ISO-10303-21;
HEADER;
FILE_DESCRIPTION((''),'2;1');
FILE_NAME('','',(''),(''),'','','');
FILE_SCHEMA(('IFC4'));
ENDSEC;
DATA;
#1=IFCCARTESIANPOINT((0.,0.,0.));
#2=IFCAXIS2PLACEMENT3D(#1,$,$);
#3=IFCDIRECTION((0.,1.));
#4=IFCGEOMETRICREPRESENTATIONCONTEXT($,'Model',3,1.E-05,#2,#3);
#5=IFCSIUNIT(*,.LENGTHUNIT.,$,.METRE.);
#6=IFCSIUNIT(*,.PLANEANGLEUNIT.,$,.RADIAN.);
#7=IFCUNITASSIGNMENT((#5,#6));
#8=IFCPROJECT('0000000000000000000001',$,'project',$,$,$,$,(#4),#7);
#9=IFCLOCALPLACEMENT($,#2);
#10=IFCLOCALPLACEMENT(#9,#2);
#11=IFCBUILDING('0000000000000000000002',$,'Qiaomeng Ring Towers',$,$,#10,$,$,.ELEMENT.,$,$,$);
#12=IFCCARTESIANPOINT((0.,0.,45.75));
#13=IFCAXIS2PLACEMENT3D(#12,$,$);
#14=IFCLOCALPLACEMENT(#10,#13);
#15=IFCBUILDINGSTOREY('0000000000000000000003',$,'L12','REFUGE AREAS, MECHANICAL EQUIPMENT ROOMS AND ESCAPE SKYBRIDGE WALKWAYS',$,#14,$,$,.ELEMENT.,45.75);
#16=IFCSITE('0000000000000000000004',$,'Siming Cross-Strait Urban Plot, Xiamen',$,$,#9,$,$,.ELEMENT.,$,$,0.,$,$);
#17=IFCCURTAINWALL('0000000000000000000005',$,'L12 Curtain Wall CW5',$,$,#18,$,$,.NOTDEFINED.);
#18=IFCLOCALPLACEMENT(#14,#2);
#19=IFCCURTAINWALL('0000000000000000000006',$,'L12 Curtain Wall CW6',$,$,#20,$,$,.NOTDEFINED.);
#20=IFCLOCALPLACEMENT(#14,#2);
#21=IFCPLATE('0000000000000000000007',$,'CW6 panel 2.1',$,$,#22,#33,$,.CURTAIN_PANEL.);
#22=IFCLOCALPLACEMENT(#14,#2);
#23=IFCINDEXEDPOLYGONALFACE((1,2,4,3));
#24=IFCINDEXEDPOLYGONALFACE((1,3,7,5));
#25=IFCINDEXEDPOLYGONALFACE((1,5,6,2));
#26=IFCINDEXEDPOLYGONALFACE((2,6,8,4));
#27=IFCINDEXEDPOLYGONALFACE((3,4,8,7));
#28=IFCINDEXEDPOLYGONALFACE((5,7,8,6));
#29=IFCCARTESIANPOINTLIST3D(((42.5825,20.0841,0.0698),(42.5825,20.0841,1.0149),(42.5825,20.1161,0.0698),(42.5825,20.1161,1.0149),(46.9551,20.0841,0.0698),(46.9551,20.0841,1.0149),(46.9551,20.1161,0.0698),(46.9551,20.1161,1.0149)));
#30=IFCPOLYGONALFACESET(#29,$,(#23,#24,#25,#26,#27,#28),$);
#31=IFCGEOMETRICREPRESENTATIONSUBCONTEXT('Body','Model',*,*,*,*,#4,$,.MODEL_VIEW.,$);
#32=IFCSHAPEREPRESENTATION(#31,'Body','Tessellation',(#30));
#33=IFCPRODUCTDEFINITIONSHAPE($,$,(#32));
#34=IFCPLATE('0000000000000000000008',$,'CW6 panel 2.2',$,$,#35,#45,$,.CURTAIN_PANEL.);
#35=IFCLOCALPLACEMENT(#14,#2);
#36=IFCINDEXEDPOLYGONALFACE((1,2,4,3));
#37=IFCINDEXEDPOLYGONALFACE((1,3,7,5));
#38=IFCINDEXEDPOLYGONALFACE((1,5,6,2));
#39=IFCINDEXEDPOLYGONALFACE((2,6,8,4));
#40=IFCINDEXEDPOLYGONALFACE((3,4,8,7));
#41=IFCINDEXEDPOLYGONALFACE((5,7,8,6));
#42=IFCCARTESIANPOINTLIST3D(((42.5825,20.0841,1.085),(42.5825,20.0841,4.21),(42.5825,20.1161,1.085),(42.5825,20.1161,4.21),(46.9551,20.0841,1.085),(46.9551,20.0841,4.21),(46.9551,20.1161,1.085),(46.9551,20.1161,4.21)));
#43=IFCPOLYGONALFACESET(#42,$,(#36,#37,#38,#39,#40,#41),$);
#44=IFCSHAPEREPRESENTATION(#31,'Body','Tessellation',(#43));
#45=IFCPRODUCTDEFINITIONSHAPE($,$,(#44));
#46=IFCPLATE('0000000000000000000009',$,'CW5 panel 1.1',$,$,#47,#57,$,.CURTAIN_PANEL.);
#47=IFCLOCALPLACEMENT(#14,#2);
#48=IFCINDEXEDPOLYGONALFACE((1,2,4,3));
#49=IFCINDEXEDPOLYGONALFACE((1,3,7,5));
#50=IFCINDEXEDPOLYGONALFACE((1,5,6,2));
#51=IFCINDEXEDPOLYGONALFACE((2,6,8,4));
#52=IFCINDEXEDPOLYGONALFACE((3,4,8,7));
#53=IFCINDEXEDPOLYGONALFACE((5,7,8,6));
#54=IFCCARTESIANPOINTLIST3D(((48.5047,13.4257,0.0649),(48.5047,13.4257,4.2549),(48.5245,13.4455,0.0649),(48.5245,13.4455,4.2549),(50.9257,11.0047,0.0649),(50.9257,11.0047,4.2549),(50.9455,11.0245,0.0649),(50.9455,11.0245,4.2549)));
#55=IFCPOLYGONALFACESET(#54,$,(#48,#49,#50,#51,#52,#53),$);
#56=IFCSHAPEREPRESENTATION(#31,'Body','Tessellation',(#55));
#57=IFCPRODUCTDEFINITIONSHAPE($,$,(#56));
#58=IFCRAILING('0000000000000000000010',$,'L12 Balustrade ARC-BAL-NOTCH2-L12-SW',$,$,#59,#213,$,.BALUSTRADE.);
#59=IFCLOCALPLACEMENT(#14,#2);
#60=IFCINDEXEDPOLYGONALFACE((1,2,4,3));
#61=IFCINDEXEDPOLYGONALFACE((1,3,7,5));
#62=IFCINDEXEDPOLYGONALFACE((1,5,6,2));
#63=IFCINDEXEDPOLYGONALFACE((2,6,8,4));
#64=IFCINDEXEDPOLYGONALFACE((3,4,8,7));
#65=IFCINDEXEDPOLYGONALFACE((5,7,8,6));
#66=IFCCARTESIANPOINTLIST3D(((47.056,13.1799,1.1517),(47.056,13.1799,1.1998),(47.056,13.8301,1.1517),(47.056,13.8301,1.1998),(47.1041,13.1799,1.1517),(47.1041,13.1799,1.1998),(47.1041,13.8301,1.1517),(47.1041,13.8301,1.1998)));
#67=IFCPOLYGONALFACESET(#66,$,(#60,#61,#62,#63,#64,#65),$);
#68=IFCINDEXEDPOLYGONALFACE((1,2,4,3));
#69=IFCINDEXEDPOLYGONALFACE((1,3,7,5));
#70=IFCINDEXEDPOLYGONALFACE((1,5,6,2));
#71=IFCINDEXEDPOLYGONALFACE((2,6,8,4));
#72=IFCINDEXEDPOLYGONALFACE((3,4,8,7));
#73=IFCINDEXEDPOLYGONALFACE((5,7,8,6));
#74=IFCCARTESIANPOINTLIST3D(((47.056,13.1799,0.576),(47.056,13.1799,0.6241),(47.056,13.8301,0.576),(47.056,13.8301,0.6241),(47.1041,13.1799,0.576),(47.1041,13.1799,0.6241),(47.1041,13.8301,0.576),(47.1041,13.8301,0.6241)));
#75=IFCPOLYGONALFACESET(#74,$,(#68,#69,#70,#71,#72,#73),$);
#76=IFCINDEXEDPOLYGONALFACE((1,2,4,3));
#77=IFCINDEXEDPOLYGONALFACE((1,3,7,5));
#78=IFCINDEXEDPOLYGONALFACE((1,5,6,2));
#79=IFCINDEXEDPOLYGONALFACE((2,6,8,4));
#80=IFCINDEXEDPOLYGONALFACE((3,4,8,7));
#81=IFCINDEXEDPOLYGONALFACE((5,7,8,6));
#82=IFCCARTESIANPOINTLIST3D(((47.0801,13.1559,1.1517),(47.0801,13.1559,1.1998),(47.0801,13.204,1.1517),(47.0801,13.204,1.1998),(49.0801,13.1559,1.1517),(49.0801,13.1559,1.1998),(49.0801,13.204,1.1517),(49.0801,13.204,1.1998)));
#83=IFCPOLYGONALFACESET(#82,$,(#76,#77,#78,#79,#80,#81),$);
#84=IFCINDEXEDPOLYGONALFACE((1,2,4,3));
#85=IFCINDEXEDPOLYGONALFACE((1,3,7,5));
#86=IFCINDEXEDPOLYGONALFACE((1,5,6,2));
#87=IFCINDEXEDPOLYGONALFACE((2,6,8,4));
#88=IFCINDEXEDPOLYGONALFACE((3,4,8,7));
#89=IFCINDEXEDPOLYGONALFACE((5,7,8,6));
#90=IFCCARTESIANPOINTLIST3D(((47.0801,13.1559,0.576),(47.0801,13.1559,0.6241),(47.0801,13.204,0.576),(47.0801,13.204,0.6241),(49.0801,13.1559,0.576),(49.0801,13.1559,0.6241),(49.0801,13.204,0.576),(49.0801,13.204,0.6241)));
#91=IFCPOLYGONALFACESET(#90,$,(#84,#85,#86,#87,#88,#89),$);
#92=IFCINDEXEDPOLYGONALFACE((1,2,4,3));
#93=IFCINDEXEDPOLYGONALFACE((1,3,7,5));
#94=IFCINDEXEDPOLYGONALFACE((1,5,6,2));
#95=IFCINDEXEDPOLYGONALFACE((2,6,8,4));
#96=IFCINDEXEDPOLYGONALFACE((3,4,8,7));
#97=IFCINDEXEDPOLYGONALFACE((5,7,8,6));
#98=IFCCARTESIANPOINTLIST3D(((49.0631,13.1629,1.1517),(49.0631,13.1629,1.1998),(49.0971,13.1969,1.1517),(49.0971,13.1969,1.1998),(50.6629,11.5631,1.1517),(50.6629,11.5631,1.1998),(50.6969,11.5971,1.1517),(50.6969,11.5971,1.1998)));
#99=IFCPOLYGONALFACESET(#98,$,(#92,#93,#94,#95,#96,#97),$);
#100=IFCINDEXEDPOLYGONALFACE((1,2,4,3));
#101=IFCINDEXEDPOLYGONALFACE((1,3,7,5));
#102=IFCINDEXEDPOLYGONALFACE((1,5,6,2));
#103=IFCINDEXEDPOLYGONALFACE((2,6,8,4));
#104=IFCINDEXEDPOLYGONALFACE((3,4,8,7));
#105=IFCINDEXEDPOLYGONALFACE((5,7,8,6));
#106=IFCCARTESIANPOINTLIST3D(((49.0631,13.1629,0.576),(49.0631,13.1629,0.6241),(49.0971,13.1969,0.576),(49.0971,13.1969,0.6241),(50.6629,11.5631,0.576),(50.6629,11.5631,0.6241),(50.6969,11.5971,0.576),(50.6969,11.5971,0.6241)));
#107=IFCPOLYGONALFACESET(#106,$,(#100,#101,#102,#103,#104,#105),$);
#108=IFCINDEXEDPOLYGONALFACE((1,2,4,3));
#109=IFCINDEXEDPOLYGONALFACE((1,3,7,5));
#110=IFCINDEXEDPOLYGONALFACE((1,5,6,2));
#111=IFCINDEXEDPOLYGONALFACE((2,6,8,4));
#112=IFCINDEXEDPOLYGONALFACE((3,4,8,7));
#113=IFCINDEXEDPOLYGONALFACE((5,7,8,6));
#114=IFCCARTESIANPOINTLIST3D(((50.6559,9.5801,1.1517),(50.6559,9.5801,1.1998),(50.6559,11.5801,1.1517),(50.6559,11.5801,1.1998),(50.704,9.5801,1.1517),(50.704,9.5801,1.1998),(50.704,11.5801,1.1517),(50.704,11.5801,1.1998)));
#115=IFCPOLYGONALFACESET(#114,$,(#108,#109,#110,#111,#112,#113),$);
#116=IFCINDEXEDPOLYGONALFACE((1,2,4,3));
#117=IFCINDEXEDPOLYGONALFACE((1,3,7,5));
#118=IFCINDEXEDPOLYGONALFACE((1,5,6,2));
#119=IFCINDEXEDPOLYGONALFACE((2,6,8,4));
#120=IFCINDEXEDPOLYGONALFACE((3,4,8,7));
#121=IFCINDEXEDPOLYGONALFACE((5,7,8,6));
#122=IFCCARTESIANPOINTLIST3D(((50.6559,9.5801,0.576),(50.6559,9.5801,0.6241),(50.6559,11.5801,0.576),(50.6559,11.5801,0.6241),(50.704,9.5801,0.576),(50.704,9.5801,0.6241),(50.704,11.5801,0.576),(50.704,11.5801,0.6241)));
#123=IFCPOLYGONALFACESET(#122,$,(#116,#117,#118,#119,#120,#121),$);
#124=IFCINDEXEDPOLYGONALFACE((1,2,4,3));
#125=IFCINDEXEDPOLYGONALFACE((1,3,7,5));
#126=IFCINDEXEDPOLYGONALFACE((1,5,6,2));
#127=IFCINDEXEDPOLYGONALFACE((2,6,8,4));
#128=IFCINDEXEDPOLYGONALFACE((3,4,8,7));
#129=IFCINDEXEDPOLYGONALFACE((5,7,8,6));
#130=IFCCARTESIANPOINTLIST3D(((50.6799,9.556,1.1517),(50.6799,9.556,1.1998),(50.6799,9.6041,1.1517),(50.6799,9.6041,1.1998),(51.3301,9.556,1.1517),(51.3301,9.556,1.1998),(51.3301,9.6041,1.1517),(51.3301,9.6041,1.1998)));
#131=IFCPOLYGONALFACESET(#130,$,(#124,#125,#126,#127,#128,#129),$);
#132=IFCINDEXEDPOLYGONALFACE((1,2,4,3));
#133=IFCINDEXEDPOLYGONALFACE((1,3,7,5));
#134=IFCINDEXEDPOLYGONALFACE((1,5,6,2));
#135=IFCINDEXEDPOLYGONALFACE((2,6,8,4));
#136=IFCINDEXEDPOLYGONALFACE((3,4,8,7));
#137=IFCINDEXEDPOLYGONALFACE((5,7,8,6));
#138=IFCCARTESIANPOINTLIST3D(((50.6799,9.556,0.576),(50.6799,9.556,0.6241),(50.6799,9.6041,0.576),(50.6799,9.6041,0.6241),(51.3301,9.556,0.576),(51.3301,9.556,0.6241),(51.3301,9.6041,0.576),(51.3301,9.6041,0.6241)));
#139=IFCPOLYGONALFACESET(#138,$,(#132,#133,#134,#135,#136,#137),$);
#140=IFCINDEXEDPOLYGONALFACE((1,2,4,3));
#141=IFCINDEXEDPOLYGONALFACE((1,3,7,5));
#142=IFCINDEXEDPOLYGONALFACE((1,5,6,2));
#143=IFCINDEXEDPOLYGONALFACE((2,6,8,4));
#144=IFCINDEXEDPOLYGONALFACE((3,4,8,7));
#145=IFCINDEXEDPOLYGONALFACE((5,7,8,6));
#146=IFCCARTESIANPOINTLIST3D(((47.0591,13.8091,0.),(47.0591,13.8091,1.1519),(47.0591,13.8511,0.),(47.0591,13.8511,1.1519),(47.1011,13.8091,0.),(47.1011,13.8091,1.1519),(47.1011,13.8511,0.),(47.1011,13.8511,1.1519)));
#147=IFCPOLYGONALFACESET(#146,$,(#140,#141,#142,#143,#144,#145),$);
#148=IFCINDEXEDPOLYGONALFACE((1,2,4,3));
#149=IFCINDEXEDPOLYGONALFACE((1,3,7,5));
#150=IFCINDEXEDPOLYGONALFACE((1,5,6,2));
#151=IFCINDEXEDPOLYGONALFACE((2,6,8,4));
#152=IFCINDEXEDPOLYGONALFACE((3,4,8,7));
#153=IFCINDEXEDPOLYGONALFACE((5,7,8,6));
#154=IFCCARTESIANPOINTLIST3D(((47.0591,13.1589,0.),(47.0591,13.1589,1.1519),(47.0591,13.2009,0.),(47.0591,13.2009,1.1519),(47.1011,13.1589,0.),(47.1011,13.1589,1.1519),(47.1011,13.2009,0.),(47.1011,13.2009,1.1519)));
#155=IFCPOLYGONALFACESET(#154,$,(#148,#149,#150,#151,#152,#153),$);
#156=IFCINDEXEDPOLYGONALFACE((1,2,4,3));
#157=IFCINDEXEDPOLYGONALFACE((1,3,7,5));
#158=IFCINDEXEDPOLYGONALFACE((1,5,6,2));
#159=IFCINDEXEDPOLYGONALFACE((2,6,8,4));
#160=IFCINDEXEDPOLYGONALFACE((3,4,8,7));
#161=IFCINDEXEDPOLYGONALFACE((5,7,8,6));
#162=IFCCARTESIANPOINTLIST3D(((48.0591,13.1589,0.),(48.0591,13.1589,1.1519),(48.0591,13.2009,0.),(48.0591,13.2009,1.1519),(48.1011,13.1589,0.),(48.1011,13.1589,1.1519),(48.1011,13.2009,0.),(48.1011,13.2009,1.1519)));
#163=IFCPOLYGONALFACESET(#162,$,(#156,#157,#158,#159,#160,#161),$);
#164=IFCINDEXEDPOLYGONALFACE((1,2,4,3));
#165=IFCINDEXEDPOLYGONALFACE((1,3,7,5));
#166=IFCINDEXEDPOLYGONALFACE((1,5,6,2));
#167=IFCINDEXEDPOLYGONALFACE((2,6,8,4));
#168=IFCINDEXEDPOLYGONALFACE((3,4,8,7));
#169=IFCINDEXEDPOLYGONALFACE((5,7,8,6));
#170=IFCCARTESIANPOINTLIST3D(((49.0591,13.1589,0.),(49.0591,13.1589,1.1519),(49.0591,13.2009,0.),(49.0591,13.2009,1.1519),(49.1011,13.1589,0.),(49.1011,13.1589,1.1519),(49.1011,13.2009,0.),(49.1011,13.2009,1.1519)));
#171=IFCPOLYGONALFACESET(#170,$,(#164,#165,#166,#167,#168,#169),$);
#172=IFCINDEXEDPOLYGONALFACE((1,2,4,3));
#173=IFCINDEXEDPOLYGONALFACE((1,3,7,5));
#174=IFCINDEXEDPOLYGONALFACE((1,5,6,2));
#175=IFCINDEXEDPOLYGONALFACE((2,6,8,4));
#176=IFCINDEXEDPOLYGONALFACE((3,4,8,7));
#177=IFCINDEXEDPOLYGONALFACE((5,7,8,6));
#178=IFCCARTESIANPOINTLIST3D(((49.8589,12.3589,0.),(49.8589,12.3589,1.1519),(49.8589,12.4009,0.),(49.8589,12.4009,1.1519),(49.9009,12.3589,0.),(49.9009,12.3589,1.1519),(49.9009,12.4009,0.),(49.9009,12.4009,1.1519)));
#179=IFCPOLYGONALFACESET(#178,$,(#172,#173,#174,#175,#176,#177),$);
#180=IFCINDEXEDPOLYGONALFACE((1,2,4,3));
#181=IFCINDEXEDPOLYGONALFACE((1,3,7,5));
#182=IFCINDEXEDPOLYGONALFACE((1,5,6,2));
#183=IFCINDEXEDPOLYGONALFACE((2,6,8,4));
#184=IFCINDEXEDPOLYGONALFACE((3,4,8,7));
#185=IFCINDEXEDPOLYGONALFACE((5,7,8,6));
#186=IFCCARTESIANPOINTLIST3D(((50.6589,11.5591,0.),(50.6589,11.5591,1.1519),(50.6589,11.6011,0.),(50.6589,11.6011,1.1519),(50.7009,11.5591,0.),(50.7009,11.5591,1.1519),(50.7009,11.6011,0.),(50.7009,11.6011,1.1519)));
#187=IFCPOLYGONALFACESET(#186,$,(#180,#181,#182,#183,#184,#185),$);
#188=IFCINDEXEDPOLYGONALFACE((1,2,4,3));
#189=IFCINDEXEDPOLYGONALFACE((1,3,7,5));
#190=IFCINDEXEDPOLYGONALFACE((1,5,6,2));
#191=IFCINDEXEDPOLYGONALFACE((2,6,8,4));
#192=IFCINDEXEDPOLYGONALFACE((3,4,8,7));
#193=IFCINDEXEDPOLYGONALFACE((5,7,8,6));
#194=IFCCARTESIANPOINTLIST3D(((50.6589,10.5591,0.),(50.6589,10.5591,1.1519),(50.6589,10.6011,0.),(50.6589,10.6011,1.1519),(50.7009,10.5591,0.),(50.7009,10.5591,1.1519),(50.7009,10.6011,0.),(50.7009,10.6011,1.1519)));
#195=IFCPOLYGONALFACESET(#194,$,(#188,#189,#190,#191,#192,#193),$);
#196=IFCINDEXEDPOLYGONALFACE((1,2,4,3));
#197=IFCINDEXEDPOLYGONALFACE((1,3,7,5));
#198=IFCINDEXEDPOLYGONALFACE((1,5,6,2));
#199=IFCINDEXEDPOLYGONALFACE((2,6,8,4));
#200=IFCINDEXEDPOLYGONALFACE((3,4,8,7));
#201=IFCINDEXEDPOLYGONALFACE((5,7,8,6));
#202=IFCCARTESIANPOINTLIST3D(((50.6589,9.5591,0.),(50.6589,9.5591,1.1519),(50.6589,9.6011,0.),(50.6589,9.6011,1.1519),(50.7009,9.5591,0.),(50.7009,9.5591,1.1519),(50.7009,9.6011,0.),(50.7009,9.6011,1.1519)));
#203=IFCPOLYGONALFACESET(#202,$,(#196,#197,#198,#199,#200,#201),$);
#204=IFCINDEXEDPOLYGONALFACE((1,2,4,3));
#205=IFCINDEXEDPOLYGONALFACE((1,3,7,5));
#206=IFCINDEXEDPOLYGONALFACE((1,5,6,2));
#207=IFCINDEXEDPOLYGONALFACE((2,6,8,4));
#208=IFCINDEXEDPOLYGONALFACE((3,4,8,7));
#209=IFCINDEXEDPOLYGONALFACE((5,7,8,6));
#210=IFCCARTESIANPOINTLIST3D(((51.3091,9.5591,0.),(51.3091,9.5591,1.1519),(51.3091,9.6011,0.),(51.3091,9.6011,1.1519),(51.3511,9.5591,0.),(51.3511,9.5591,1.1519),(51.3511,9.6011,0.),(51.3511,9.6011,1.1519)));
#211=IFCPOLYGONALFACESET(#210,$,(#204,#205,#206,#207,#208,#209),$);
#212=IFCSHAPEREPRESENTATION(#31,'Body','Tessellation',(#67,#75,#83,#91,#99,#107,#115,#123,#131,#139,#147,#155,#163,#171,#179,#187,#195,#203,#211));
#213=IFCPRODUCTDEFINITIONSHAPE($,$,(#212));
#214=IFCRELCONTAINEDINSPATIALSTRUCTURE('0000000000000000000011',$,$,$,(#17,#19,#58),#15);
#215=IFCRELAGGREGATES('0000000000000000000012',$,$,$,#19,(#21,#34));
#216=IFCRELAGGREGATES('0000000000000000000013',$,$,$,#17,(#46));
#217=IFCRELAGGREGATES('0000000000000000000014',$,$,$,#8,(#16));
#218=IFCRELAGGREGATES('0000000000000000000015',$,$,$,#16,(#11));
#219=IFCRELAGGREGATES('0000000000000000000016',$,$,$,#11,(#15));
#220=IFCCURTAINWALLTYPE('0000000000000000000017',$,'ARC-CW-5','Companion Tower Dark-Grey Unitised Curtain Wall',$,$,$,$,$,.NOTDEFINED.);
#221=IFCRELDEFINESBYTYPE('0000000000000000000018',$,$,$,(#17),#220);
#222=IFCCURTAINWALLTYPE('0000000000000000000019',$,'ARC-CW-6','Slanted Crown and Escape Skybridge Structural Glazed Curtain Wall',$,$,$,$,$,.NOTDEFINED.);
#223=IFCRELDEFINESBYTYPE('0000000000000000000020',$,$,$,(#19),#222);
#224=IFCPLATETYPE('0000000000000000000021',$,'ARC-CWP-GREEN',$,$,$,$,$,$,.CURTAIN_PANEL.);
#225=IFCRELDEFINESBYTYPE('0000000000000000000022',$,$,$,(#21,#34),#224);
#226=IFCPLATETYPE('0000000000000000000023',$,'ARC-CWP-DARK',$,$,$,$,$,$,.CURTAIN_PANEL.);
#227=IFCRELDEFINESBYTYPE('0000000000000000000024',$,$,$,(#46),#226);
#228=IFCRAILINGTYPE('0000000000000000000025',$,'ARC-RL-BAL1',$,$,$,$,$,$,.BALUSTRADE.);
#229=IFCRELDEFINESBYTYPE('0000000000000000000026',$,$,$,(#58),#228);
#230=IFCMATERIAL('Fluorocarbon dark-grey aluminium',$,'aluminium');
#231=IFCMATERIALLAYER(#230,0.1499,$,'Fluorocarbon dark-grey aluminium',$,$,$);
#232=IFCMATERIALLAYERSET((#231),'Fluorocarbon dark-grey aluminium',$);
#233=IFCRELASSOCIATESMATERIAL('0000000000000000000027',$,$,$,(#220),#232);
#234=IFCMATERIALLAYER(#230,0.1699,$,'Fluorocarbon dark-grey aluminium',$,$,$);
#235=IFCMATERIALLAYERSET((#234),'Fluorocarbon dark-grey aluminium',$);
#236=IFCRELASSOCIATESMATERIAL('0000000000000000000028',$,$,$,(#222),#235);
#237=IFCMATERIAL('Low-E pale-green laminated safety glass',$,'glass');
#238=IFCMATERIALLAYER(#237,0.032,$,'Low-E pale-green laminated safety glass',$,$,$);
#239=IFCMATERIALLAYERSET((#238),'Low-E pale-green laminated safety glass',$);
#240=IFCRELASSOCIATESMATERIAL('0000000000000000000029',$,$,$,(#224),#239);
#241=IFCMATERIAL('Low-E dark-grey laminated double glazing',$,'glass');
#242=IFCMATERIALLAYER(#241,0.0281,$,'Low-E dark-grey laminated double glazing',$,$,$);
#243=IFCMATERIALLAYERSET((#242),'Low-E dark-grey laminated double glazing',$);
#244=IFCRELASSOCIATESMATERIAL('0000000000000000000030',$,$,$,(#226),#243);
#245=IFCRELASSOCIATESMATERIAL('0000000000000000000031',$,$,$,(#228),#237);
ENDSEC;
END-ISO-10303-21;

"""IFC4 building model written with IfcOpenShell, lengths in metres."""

from ifc_helpers import new_model, si_unit, direction, frame, origin, origin_2d, place, context, subcontext, project, spatial, rectangle, extrude, source, transform, mapped, material, layer, layer_set, type_object, element, aggregate, save


model = new_model("IFC4")

# Units and contexts
model_context = context("Model", 3, precision=1e-05, world=origin(), true_north=direction((0.0, 1.0)))
body_context = subcontext(model_context, "Body", "Model", "MODEL_VIEW")
ifc_project = project(units=[si_unit("LENGTHUNIT", "METRE"), si_unit("PLANEANGLEUNIT", "RADIAN")], contexts=[model_context])

# Site, building, storey
site_placement = place(None, origin())
site = spatial("IfcSite", under=ifc_project, at=site_placement, Name="Siming Cross-Strait Urban Plot, Xiamen", CompositionType="ELEMENT", RefElevation=0.0)
building_placement = place(site_placement, origin())
building = spatial("IfcBuilding", under=site, at=building_placement, Name="Qiaomeng Ring Towers", CompositionType="ELEMENT")
storey_placement = place(building_placement, frame((0.0, 0.0, 45.75)))
storey = spatial("IfcBuildingStorey", under=building, at=storey_placement, Name="L12", Description="REFUGE AREAS, MECHANICAL EQUIPMENT ROOMS AND ESCAPE SKYBRIDGE WALKWAYS", CompositionType="ELEMENT", Elevation=45.75)

# Curtain walls
ifc_material_1 = material(Name="Fluorocarbon dark-grey aluminium", Category="aluminium")
ifc_layer_1 = layer(ifc_material_1, 0.1499, Name="Fluorocarbon dark-grey aluminium")
ifc_layer_set_1 = layer_set([ifc_layer_1], Name="Fluorocarbon dark-grey aluminium")
curtain_wall_type_1 = type_object("IfcCurtainWallType", Name="ARC-CW-5", Description="Companion Tower Dark-Grey Unitised Curtain Wall", PredefinedType="NOTDEFINED", material=ifc_layer_set_1)
curtain_wall_1_placement = place(storey_placement, origin())
curtain_wall_1 = element("IfcCurtainWall", 1, at=curtain_wall_1_placement, inside=storey, type_object=curtain_wall_type_1, Name="L12 Curtain Wall CW5", PredefinedType="NOTDEFINED")
ifc_layer_2 = layer(ifc_material_1, 0.1699, Name="Fluorocarbon dark-grey aluminium")
ifc_layer_set_2 = layer_set([ifc_layer_2], Name="Fluorocarbon dark-grey aluminium")
curtain_wall_type_2 = type_object("IfcCurtainWallType", Name="ARC-CW-6", Description="Slanted Crown and Escape Skybridge Structural Glazed Curtain Wall", PredefinedType="NOTDEFINED", material=ifc_layer_set_2)
curtain_wall_2_placement = place(storey_placement, origin())
curtain_wall_2 = element("IfcCurtainWall", 2, at=curtain_wall_2_placement, inside=storey, type_object=curtain_wall_type_2, Name="L12 Curtain Wall CW6", PredefinedType="NOTDEFINED")

# Plates
ifc_material_2 = material(Name="Low-E pale-green laminated safety glass", Category="glass")
ifc_layer_3 = layer(ifc_material_2, 0.032, Name="Low-E pale-green laminated safety glass")
ifc_layer_set_3 = layer_set([ifc_layer_3], Name="Low-E pale-green laminated safety glass")
plate_type_1 = type_object("IfcPlateType", Name="ARC-CWP-GREEN", PredefinedType="CURTAIN_PANEL", material=ifc_layer_set_3)
shared_shape_1 = source(origin(), body_context, "Body", "SweptSolid", [
    extrude(rectangle(XDim=4.3726, YDim=0.032, at=origin_2d()), origin(), (0.0, 0.0, 1.0), 0.9451),
])
plate_1_placement = place(storey_placement, frame((44.7688, 20.1001, 0.0698), z_axis=(0.0, 0.0, 1.0), x_axis=(1.0, 0.0, 0.0)))
plate_1 = element("IfcPlate", 3, at=plate_1_placement, type_object=plate_type_1, Name="CW6 panel 2.1", PredefinedType="CURTAIN_PANEL", context=body_context, shape_type="MappedRepresentation", body=[
    mapped(shared_shape_1, transform((0.0, 0.0, 0.0), x_axis=(1.0, 0.0, 0.0), y_axis=(0.0, 1.0, 0.0), z_axis=(0.0, 0.0, 1.0), scale=1.0)),
])
shared_shape_2 = source(origin(), body_context, "Body", "SweptSolid", [
    extrude(rectangle(XDim=4.3726, YDim=0.032, at=origin_2d()), origin(), (0.0, 0.0, 1.0), 3.125),
])
plate_2_placement = place(storey_placement, frame((44.7688, 20.1001, 1.085), z_axis=(0.0, 0.0, 1.0), x_axis=(1.0, 0.0, 0.0)))
plate_2 = element("IfcPlate", 4, at=plate_2_placement, type_object=plate_type_1, Name="CW6 panel 2.2", PredefinedType="CURTAIN_PANEL", context=body_context, shape_type="MappedRepresentation", body=[
    mapped(shared_shape_2, transform((0.0, 0.0, 0.0), x_axis=(1.0, 0.0, 0.0), y_axis=(0.0, 1.0, 0.0), z_axis=(0.0, 0.0, 1.0), scale=1.0)),
])
aggregate(curtain_wall_2, [plate_1, plate_2])
ifc_material_3 = material(Name="Low-E dark-grey laminated double glazing", Category="glass")
ifc_layer_4 = layer(ifc_material_3, 0.0281, Name="Low-E dark-grey laminated double glazing")
ifc_layer_set_4 = layer_set([ifc_layer_4], Name="Low-E dark-grey laminated double glazing")
plate_type_2 = type_object("IfcPlateType", Name="ARC-CWP-DARK", PredefinedType="CURTAIN_PANEL", material=ifc_layer_set_4)
shared_shape_3 = source(origin(), body_context, "Body", "SweptSolid", [
    extrude(rectangle(XDim=3.4238, YDim=0.0281, at=origin_2d()), origin(), (0.0, 0.0, 1.0), 4.1899),
])
plate_3_placement = place(storey_placement, frame((49.7251, 12.2251, 0.0649), z_axis=(0.0, 0.0, 1.0), x_axis=(0.707107, -0.707107, 0.0)))
plate_3 = element("IfcPlate", 5, at=plate_3_placement, type_object=plate_type_2, Name="CW5 panel 1.1", PredefinedType="CURTAIN_PANEL", context=body_context, shape_type="MappedRepresentation", body=[
    mapped(shared_shape_3, transform((0.0, 0.0, 0.0), x_axis=(1.0, 0.0, 0.0), y_axis=(0.0, 1.0, 0.0), z_axis=(0.0, 0.0, 1.0), scale=1.0)),
])
aggregate(curtain_wall_1, [plate_3])

# Railing
railing_type_1 = type_object("IfcRailingType", Name="ARC-RL-BAL1", PredefinedType="BALUSTRADE", material=ifc_material_2)
railing_1_placement = place(storey_placement, frame((47.0801, 13.8301, 0.0)))
element("IfcRailing", 6, at=railing_1_placement, inside=storey, type_object=railing_type_1, Name="L12 Balustrade ARC-BAL-NOTCH2-L12-SW", PredefinedType="BALUSTRADE", context=body_context, shape_type="SweptSolid", body=[
    extrude(rectangle(XDim=0.0481, YDim=0.0481, at=origin_2d()), frame((0.0, 0.0, 1.1758), z_axis=(0.0, -1.0, 0.0), x_axis=(1.0, 0.0, 0.0)), (0.0, 0.0, 1.0), 0.6501),
    extrude(rectangle(XDim=0.0481, YDim=0.0481, at=origin_2d()), frame((0.0, 0.0, 0.6001), z_axis=(0.0, -1.0, 0.0), x_axis=(1.0, 0.0, 0.0)), (0.0, 0.0, 1.0), 0.6501),
    extrude(rectangle(XDim=0.0481, YDim=0.0481, at=origin_2d()), frame((0.0, -0.6501, 1.1758), z_axis=(1.0, 0.0, 0.0), x_axis=(0.0, 1.0, 0.0)), (0.0, 0.0, 1.0), 2.0),
    extrude(rectangle(XDim=0.0481, YDim=0.0481, at=origin_2d()), frame((0.0, -0.6501, 0.6001), z_axis=(1.0, 0.0, 0.0), x_axis=(0.0, 1.0, 0.0)), (0.0, 0.0, 1.0), 2.0),
    extrude(rectangle(XDim=0.0481, YDim=0.0481, at=origin_2d()), frame((2.0, -0.6501, 1.1758), z_axis=(0.707107, -0.707107, 0.0), x_axis=(0.707107, 0.707107, 0.0)), (0.0, 0.0, 1.0), 2.2625),
    extrude(rectangle(XDim=0.0481, YDim=0.0481, at=origin_2d()), frame((2.0, -0.6501, 0.6001), z_axis=(0.707107, -0.707107, 0.0), x_axis=(0.707107, 0.707107, 0.0)), (0.0, 0.0, 1.0), 2.2625),
    extrude(rectangle(XDim=0.0481, YDim=0.0481, at=origin_2d()), frame((3.5999, -2.25, 1.1758), z_axis=(0.0, -1.0, 0.0), x_axis=(1.0, 0.0, 0.0)), (0.0, 0.0, 1.0), 2.0),
    extrude(rectangle(XDim=0.0481, YDim=0.0481, at=origin_2d()), frame((3.5999, -2.25, 0.6001), z_axis=(0.0, -1.0, 0.0), x_axis=(1.0, 0.0, 0.0)), (0.0, 0.0, 1.0), 2.0),
    extrude(rectangle(XDim=0.0481, YDim=0.0481, at=origin_2d()), frame((3.5999, -4.25, 1.1758), z_axis=(1.0, 0.0, 0.0), x_axis=(0.0, 1.0, 0.0)), (0.0, 0.0, 1.0), 0.6501),
    extrude(rectangle(XDim=0.0481, YDim=0.0481, at=origin_2d()), frame((3.5999, -4.25, 0.6001), z_axis=(1.0, 0.0, 0.0), x_axis=(0.0, 1.0, 0.0)), (0.0, 0.0, 1.0), 0.6501),
    extrude(rectangle(XDim=0.042, YDim=0.042, at=origin_2d()), origin(), (0.0, 0.0, 1.0), 1.1519),
    extrude(rectangle(XDim=0.042, YDim=0.042, at=origin_2d()), frame((0.0, -0.6501, 0.0)), (0.0, 0.0, 1.0), 1.1519),
    extrude(rectangle(XDim=0.042, YDim=0.042, at=origin_2d()), frame((1.0, -0.6501, 0.0)), (0.0, 0.0, 1.0), 1.1519),
    extrude(rectangle(XDim=0.042, YDim=0.042, at=origin_2d()), frame((2.0, -0.6501, 0.0)), (0.0, 0.0, 1.0), 1.1519),
    extrude(rectangle(XDim=0.042, YDim=0.042, at=origin_2d()), frame((2.7998, -1.4502, 0.0)), (0.0, 0.0, 1.0), 1.1519),
    extrude(rectangle(XDim=0.042, YDim=0.042, at=origin_2d()), frame((3.5999, -2.25, 0.0)), (0.0, 0.0, 1.0), 1.1519),
    extrude(rectangle(XDim=0.042, YDim=0.042, at=origin_2d()), frame((3.5999, -3.25, 0.0)), (0.0, 0.0, 1.0), 1.1519),
    extrude(rectangle(XDim=0.042, YDim=0.042, at=origin_2d()), frame((3.5999, -4.25, 0.0)), (0.0, 0.0, 1.0), 1.1519),
    extrude(rectangle(XDim=0.042, YDim=0.042, at=origin_2d()), frame((4.25, -4.25, 0.0)), (0.0, 0.0, 1.0), 1.1519),
])

save(model, "model.ifc")
